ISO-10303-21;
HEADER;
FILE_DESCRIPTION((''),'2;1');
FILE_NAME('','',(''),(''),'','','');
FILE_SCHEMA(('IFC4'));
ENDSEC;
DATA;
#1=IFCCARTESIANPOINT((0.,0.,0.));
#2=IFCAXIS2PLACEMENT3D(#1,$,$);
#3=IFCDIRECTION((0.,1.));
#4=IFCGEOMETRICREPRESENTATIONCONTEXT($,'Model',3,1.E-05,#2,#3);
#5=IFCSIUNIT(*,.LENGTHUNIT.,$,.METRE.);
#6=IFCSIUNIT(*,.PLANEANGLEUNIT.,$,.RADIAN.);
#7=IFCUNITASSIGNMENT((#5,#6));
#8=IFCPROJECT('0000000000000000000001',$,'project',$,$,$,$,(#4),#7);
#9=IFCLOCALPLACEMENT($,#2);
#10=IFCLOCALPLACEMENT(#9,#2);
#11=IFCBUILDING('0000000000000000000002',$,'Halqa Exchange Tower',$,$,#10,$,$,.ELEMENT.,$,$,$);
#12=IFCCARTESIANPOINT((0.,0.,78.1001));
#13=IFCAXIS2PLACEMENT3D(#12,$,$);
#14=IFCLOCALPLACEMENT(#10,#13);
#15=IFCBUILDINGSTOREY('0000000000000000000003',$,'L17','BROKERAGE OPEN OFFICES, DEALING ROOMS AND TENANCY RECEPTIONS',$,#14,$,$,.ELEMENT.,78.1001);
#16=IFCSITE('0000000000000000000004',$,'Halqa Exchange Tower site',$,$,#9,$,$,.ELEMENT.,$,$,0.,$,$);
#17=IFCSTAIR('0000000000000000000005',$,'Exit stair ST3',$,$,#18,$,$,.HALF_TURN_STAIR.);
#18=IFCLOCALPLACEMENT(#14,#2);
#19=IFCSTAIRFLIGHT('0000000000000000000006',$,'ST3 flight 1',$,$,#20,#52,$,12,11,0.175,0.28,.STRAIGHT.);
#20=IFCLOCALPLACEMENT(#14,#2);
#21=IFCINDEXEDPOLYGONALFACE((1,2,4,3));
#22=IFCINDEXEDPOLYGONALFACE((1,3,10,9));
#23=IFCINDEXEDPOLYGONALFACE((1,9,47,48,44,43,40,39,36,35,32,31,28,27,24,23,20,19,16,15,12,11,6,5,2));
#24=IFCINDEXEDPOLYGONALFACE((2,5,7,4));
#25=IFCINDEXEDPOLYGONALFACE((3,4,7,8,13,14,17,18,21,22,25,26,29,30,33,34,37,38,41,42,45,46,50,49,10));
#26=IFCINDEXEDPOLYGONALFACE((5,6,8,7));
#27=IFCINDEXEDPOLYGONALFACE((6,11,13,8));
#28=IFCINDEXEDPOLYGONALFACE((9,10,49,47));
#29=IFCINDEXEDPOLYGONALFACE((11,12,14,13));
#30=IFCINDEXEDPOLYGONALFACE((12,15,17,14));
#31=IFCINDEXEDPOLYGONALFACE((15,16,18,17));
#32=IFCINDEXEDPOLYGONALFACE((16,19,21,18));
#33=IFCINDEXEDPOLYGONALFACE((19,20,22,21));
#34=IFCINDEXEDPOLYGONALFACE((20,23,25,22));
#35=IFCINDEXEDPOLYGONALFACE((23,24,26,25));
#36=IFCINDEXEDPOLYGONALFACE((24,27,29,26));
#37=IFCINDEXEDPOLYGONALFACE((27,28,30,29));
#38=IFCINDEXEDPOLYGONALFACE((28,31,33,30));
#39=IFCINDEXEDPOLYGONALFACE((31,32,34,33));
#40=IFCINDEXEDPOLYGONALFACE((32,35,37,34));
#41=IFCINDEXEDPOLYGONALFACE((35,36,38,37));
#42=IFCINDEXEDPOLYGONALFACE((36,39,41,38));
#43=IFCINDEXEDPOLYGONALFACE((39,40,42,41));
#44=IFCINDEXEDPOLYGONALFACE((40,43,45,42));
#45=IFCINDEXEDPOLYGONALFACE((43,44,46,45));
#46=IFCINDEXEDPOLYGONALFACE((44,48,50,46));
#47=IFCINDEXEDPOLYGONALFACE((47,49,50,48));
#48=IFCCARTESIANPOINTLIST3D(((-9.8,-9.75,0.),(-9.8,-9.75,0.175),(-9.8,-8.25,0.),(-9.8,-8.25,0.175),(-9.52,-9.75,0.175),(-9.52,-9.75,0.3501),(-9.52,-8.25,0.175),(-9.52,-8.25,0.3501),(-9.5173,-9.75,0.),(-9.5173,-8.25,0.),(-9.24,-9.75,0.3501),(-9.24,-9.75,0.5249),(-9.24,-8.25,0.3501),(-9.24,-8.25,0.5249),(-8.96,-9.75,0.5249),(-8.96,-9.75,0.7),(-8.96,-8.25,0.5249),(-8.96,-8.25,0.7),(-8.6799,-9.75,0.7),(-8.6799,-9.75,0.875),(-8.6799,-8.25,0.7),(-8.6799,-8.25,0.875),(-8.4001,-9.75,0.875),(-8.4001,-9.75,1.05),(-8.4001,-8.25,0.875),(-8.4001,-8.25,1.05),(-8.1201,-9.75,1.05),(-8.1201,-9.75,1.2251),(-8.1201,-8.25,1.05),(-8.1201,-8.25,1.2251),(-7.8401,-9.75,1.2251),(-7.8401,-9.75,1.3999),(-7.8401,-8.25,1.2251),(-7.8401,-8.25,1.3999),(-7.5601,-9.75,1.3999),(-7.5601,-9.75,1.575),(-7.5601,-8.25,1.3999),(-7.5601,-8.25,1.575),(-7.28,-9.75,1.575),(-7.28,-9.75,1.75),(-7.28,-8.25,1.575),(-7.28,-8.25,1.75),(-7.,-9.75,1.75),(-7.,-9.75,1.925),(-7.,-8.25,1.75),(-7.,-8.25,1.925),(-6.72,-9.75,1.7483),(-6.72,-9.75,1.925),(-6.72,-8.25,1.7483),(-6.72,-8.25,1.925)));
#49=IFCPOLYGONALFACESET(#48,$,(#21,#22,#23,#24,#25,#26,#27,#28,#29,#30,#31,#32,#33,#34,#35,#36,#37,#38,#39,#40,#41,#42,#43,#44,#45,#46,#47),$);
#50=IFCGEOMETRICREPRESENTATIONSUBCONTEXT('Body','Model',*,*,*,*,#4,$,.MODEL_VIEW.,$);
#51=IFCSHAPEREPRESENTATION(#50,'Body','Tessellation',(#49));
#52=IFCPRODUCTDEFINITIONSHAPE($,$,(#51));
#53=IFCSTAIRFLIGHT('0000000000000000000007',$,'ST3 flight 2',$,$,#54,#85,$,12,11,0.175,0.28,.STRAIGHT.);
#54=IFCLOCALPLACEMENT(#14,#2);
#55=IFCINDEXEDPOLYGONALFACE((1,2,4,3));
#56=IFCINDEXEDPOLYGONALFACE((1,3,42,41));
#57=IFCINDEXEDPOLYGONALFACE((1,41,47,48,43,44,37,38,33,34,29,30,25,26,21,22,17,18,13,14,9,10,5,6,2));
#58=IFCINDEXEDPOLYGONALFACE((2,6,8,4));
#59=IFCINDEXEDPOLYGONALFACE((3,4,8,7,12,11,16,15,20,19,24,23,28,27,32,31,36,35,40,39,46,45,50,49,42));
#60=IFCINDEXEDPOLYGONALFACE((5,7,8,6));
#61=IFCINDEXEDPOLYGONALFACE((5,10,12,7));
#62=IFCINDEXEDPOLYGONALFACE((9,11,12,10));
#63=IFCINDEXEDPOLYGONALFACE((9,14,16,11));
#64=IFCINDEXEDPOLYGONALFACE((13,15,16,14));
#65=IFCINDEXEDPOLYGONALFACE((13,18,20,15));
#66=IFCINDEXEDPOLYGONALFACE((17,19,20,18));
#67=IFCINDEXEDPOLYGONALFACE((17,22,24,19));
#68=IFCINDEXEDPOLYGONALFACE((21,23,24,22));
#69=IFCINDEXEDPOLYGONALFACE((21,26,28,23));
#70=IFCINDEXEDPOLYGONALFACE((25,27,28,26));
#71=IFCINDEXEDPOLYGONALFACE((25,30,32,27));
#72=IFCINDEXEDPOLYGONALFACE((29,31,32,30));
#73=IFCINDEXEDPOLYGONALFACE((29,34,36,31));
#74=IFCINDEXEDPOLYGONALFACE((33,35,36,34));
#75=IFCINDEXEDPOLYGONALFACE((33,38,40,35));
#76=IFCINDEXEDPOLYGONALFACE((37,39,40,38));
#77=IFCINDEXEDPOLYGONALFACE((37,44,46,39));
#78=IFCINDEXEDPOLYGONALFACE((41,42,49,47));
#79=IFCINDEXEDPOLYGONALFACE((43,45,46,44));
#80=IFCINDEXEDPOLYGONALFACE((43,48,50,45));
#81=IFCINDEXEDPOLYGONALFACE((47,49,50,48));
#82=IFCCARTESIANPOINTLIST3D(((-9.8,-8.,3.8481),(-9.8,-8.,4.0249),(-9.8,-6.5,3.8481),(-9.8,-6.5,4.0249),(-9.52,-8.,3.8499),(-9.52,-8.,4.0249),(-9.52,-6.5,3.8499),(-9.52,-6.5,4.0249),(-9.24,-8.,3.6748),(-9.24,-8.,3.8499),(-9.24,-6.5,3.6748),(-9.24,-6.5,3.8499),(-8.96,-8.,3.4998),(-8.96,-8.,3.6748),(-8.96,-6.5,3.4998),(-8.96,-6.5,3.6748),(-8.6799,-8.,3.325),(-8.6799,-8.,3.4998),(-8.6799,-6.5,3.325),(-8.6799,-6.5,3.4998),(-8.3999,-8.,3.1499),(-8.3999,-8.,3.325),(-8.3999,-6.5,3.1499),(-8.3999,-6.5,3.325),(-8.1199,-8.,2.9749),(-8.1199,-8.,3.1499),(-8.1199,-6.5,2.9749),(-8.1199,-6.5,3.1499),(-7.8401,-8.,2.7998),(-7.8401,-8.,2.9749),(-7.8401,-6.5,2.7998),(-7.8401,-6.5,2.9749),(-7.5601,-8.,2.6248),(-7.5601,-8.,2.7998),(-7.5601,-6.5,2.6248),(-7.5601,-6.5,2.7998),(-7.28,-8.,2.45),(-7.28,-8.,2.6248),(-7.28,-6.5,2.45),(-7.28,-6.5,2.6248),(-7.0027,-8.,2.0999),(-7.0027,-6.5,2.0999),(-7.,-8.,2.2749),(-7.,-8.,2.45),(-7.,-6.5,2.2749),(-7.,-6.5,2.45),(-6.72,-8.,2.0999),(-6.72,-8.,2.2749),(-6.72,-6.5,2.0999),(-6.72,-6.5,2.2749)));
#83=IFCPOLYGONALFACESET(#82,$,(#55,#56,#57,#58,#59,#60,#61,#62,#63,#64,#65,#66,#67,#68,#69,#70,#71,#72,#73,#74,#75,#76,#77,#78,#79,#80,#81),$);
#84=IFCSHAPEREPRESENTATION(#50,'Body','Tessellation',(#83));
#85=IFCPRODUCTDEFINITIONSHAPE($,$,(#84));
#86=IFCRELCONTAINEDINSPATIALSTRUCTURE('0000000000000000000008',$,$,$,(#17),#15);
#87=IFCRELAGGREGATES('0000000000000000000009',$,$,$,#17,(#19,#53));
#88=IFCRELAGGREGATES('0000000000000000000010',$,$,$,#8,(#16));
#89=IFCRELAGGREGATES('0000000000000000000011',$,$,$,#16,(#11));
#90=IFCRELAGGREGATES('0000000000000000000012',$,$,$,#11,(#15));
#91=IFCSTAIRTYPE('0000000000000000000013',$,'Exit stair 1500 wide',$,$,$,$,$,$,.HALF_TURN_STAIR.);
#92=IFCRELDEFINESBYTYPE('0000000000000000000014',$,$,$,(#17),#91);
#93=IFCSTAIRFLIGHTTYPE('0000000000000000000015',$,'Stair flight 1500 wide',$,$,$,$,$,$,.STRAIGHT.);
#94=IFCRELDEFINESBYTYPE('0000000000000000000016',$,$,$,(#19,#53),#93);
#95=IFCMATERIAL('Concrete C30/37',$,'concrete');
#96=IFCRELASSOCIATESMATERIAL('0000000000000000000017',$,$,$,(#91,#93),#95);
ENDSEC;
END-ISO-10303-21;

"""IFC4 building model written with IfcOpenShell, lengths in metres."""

from ifc_helpers import new_model, si_unit, direction, frame, origin, place, context, subcontext, project, spatial, polyline, outline, extrude, material, type_object, element, aggregate, save


model = new_model("IFC4")

# Units and contexts
model_context = context("Model", 3, precision=1e-05, world=origin(), true_north=direction((0.0, 1.0)))
body_context = subcontext(model_context, "Body", "Model", "MODEL_VIEW")
ifc_project = project(units=[si_unit("LENGTHUNIT", "METRE"), si_unit("PLANEANGLEUNIT", "RADIAN")], contexts=[model_context])

# Site, building, storey
site_placement = place(None, origin())
site = spatial("IfcSite", under=ifc_project, at=site_placement, Name="Halqa Exchange Tower site", CompositionType="ELEMENT", RefElevation=0.0)
building_placement = place(site_placement, origin())
building = spatial("IfcBuilding", under=site, at=building_placement, Name="Halqa Exchange Tower", CompositionType="ELEMENT")
storey_placement = place(building_placement, frame((0.0, 0.0, 78.1001)))
storey = spatial("IfcBuildingStorey", under=building, at=storey_placement, Name="L17", Description="BROKERAGE OPEN OFFICES, DEALING ROOMS AND TENANCY RECEPTIONS", CompositionType="ELEMENT", Elevation=78.1001)

# Shared definitions
ifc_material_1 = material(Name="Concrete C30/37", Category="concrete")

# Stair, stair flights
stair_type = type_object("IfcStairType", Name="Exit stair 1500 wide", PredefinedType="HALF_TURN_STAIR", material=ifc_material_1)
stair_placement = place(storey_placement, origin())
stair = element("IfcStair", 1, at=stair_placement, inside=storey, type_object=stair_type, Name="Exit stair ST3", PredefinedType="HALF_TURN_STAIR")
stair_flight_type = type_object("IfcStairFlightType", Name="Stair flight 1500 wide", PredefinedType="STRAIGHT", material=ifc_material_1)
stair_flight_1_placement = place(storey_placement, frame((-9.8, -9.0, 0.0), z_axis=(0.0, 0.0, 1.0), x_axis=(1.0, 0.0, 0.0)))
stair_flight_1 = element("IfcStairFlight", 2, at=stair_flight_1_placement, type_object=stair_flight_type, Name="ST3 flight 1", NumberOfRisers=12, NumberOfTreads=11, PredefinedType="STRAIGHT", RiserHeight=0.175, TreadLength=0.28, context=body_context, shape_type="SweptSolid", body=[
    extrude(outline(polyline([(0.0, 0.0), (0.0, 0.175), (0.28, 0.175), (0.28, 0.3501), (0.5601, 0.3501), (0.5601, 0.5249), (0.8401, 0.5249), (0.8401, 0.7), (1.1201, 0.7), (1.1201, 0.875), (1.3999, 0.875), (1.3999, 1.05), (1.6799, 1.05), (1.6799, 1.2251), (1.96, 1.2251), (1.96, 1.3999), (2.24, 1.3999), (2.24, 1.575), (2.52, 1.575), (2.52, 1.75), (2.8, 1.75), (2.8, 1.925), (3.0801, 1.925), (3.0801, 2.1001), (3.0801, 1.7483), (0.2827, 0.0), (0.0, 0.0)])), frame((0.0, 0.75, 0.0), z_axis=(0.0, -1.0, 0.0), x_axis=(1.0, 0.0, 0.0)), (0.0, 0.0, 1.0), 1.5),
])
stair_flight_2_placement = place(storey_placement, frame((-6.72, -7.25, 2.0999), z_axis=(0.0, 0.0, 1.0), x_axis=(-1.0, 0.0, 0.0)))
stair_flight_2 = element("IfcStairFlight", 3, at=stair_flight_2_placement, type_object=stair_flight_type, Name="ST3 flight 2", NumberOfRisers=12, NumberOfTreads=11, PredefinedType="STRAIGHT", RiserHeight=0.175, TreadLength=0.28, context=body_context, shape_type="SweptSolid", body=[
    extrude(outline(polyline([(0.0, 0.0), (0.0, 0.175), (0.28, 0.175), (0.28, 0.3501), (0.5601, 0.3501), (0.5601, 0.5249), (0.8401, 0.5249), (0.8401, 0.7), (1.1201, 0.7), (1.1201, 0.875), (1.3999, 0.875), (1.3999, 1.05), (1.6799, 1.05), (1.6799, 1.2251), (1.96, 1.2251), (1.96, 1.3999), (2.24, 1.3999), (2.24, 1.575), (2.52, 1.575), (2.52, 1.75), (2.8, 1.75), (2.8, 1.925), (3.0801, 1.925), (3.0801, 2.1001), (3.0801, 1.7483), (0.2827, 0.0), (0.0, 0.0)])), frame((0.0, 0.75, 0.0), z_axis=(0.0, -1.0, 0.0), x_axis=(1.0, 0.0, 0.0)), (0.0, 0.0, 1.0), 1.5),
])
aggregate(stair, [stair_flight_1, stair_flight_2])

save(model, "model.ifc")
